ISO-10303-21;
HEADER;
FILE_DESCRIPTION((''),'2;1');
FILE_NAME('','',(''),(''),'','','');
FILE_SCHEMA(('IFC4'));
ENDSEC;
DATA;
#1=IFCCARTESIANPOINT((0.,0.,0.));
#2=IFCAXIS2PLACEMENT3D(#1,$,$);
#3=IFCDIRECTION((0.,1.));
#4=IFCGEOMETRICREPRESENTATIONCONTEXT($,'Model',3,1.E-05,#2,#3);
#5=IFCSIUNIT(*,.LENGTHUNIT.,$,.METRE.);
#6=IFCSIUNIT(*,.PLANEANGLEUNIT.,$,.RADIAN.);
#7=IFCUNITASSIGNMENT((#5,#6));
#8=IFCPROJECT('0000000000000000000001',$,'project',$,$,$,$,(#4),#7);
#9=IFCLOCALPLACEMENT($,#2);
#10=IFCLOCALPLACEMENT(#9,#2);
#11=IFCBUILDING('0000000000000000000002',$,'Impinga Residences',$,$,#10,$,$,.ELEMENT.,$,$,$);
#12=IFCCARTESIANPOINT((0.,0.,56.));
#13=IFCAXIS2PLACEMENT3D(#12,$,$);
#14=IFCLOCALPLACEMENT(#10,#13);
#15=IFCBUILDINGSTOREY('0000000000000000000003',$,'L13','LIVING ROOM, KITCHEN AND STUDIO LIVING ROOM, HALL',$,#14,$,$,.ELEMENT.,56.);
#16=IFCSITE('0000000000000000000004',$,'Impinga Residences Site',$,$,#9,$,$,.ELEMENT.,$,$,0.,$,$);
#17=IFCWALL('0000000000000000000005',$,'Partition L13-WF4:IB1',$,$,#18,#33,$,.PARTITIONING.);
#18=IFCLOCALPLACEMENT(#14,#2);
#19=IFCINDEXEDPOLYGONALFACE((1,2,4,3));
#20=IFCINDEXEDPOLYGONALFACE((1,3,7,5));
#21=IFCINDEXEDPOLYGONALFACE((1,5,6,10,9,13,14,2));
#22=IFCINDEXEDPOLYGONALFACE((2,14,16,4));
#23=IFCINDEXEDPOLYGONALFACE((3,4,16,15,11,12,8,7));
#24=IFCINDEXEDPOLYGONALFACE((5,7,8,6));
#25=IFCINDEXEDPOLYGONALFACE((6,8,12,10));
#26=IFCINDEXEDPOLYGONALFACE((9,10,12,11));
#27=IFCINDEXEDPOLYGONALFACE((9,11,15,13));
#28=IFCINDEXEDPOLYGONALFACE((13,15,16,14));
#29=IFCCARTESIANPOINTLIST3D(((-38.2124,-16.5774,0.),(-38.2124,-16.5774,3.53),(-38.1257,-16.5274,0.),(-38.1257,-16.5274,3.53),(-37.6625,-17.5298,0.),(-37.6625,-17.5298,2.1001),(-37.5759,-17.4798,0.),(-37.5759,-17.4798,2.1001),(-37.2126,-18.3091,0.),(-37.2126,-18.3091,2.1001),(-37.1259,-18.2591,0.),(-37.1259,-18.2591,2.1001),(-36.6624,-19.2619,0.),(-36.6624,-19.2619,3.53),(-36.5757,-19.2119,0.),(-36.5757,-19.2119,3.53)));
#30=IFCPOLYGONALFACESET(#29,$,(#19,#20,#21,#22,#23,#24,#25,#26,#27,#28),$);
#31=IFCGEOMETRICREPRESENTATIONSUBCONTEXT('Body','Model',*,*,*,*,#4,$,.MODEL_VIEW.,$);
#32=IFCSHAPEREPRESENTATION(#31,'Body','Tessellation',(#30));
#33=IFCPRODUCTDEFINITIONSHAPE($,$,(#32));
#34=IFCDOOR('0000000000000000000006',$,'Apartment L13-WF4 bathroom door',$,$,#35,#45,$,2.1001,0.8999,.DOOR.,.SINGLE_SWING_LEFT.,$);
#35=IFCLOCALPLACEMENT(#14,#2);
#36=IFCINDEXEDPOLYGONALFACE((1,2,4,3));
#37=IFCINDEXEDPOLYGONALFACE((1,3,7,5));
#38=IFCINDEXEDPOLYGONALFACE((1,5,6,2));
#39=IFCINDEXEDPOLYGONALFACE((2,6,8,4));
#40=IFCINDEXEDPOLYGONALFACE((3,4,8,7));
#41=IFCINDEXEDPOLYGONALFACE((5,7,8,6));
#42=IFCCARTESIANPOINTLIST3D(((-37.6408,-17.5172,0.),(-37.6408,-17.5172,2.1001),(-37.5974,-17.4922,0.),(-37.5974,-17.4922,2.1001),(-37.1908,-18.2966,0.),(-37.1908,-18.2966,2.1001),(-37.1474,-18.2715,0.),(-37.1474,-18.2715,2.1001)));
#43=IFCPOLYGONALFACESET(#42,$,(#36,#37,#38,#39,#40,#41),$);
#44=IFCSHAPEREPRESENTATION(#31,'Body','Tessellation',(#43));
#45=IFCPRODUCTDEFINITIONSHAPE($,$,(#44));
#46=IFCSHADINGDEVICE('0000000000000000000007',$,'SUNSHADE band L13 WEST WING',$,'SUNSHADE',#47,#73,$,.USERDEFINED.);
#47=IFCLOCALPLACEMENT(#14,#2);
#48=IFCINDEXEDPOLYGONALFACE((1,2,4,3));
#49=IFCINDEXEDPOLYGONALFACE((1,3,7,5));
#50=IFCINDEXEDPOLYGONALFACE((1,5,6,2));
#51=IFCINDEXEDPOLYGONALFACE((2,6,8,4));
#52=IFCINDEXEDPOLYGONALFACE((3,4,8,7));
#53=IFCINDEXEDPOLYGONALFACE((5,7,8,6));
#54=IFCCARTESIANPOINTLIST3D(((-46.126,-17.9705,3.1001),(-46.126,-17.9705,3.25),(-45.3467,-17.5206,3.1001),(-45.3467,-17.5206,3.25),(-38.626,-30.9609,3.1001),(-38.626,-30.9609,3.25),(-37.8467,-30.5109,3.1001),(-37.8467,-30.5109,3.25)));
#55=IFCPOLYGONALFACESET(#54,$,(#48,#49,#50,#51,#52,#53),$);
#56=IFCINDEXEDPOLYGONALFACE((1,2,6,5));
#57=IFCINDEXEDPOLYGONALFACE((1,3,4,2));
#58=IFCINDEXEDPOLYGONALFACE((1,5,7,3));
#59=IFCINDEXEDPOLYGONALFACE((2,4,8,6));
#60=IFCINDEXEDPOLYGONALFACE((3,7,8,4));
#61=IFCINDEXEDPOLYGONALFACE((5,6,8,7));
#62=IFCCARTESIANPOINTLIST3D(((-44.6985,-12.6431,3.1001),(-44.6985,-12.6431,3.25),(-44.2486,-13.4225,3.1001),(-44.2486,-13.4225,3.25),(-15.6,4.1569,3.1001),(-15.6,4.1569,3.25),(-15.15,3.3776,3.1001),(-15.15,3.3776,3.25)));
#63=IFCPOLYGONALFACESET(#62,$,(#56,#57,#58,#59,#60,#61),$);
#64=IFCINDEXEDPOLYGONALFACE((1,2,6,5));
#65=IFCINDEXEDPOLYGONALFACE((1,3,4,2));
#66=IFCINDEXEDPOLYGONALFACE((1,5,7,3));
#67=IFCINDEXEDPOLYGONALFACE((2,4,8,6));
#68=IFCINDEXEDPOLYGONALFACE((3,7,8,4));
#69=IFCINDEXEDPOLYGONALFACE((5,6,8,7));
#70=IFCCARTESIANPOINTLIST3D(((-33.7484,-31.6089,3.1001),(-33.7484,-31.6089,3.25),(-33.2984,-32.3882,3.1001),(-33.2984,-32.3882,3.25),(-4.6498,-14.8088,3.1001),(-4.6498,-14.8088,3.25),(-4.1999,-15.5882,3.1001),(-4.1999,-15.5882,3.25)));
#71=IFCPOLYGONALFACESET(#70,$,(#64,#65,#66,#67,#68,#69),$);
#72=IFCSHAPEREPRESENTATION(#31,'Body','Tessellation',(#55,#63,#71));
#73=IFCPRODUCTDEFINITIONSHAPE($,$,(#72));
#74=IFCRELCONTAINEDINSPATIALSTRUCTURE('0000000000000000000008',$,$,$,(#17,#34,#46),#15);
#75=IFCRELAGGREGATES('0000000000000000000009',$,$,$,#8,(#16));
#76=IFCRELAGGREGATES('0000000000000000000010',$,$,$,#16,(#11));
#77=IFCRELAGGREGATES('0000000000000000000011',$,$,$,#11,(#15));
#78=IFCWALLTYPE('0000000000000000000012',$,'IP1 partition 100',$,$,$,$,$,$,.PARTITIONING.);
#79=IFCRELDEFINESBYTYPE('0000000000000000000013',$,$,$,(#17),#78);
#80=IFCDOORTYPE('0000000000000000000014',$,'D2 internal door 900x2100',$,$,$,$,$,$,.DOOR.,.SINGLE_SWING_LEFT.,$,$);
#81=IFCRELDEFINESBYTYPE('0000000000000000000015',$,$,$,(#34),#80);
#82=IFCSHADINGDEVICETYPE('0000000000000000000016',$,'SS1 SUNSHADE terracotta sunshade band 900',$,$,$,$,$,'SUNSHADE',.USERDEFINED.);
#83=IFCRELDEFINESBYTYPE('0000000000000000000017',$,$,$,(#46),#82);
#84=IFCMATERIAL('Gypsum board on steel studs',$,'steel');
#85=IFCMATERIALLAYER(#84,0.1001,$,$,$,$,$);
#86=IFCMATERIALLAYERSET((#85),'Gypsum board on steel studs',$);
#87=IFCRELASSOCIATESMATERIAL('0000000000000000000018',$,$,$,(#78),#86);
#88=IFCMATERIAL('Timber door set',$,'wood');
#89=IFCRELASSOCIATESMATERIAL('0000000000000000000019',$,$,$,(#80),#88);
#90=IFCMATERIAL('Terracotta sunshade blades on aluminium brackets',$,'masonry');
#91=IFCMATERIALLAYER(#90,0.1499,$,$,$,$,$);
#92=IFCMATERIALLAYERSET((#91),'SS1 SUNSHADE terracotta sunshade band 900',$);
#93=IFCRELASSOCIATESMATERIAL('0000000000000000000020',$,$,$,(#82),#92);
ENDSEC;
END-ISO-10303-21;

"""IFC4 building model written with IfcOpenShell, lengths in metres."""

from ifc_helpers import new_model, si_unit, direction, frame, frame_2d, origin, origin_2d, place, context, subcontext, project, spatial, rectangle, extrude, material, layer, layer_set, type_object, element, fill, save


model = new_model("IFC4")

# Units and contexts
model_context = context("Model", 3, precision=1e-05, world=origin(), true_north=direction((0.0, 1.0)))
body_context = subcontext(model_context, "Body", "Model", "MODEL_VIEW")
ifc_project = project(units=[si_unit("LENGTHUNIT", "METRE"), si_unit("PLANEANGLEUNIT", "RADIAN")], contexts=[model_context])

# Site, building, storey
site_placement = place(None, origin())
site = spatial("IfcSite", under=ifc_project, at=site_placement, Name="Impinga Residences Site", CompositionType="ELEMENT", RefElevation=0.0)
building_placement = place(site_placement, origin())
building = spatial("IfcBuilding", under=site, at=building_placement, Name="Impinga Residences", CompositionType="ELEMENT")
storey_placement = place(building_placement, frame((0.0, 0.0, 56.0)))
storey = spatial("IfcBuildingStorey", under=building, at=storey_placement, Name="L13", Description="LIVING ROOM, KITCHEN AND STUDIO LIVING ROOM, HALL", CompositionType="ELEMENT", Elevation=56.0)

# Shared definitions
ifc_material_1 = material(Name="Gypsum board on steel studs", Category="steel")
ifc_layer_1 = layer(ifc_material_1, 0.1001)
ifc_layer_set_1 = layer_set([ifc_layer_1], Name="Gypsum board on steel studs")
wall_type_1 = type_object("IfcWallType", Name="IP1 partition 100", PredefinedType="PARTITIONING", material=ifc_layer_set_1)

# Wall, opening, door
ifc_material_2 = material(Name="Timber door set", Category="wood")
door_type = type_object("IfcDoorType", Name="D2 internal door 900x2100", OperationType="SINGLE_SWING_LEFT", PredefinedType="DOOR", material=ifc_material_2)
wall_1_placement = place(storey_placement, frame((-36.6191, -19.2368, 0.0), z_axis=(0.0, 0.0, 1.0), x_axis=(-0.500027, 0.86601, 0.0)))
wall_1 = element("IfcWall", 1, at=wall_1_placement, inside=storey, type_object=wall_type_1, Name="Partition L13-WF4:IB1", PredefinedType="PARTITIONING", context=body_context, shape_type="SweptSolid", body=[
    extrude(rectangle(XDim=3.0999, YDim=0.1001, at=frame_2d((1.5498, 0.0))), origin(), (0.0, 0.0, 1.0), 3.53),
])
opening_1_placement = place(wall_1_placement, frame((1.1001, 0.0, 0.0)))
opening_1 = element("IfcOpeningElement", 2, at=opening_1_placement, cuts=wall_1, PredefinedType="OPENING", context=body_context, shape_type="SweptSolid", body=[
    extrude(rectangle(XDim=0.8999, YDim=2.1001, at=frame_2d((0.45, 1.05))), frame((0.0, 0.0601, 0.0), z_axis=(0.0, -1.0, 0.0), x_axis=(1.0, 0.0, 0.0)), (0.0, 0.0, 1.0), 0.1201),
])
door_1_placement = place(opening_1_placement, origin())
door_1 = element("IfcDoor", 3, at=door_1_placement, inside=storey, type_object=door_type, Name="Apartment L13-WF4 bathroom door", OperationType="SINGLE_SWING_LEFT", OverallHeight=2.1001, OverallWidth=0.8999, PredefinedType="DOOR", context=body_context, shape_type="SweptSolid", body=[
    extrude(rectangle(XDim=0.8999, YDim=2.1001, at=frame_2d((0.45, 1.05))), frame((0.0, 0.0249, 0.0), z_axis=(0.0, -1.0, 0.0), x_axis=(1.0, 0.0, 0.0)), (0.0, 0.0, 1.0), 0.05),
])
fill(opening_1, door_1)

# Shading device
ifc_material_3 = material(Name="Terracotta sunshade blades on aluminium brackets", Category="masonry")
ifc_layer_2 = layer(ifc_material_3, 0.1499)
ifc_layer_set_2 = layer_set([ifc_layer_2], Name="SS1 SUNSHADE terracotta sunshade band 900")
shading_device_type = type_object("IfcShadingDeviceType", Name="SS1 SUNSHADE terracotta sunshade band 900", ElementType="SUNSHADE", PredefinedType="USERDEFINED", material=ifc_layer_set_2)
shading_device_placement = place(storey_placement, frame((-41.9863, -24.2407, 3.1001), z_axis=(0.0, 0.0, 1.0), x_axis=(-0.5, 0.866025, 0.0)))
element("IfcShadingDevice", 4, at=shading_device_placement, inside=storey, type_object=shading_device_type, Name="SUNSHADE band L13 WEST WING", ObjectType="SUNSHADE", PredefinedType="USERDEFINED", context=body_context, shape_type="SweptSolid", body=[
    extrude(rectangle(XDim=15.0, YDim=0.8999, at=origin_2d()), origin(), (0.0, 0.0, 1.0), 0.1499),
    extrude(rectangle(XDim=33.6001, YDim=0.8999, at=origin_2d()), frame((10.95, -20.25, 0.0), z_axis=(0.0, 0.0, 1.0), x_axis=(0.0, -1.0, 0.0)), (0.0, 0.0, 1.0), 0.1499),
    extrude(rectangle(XDim=33.6001, YDim=0.8999, at=origin_2d()), frame((-10.95, -20.2502, 0.0), z_axis=(0.0, 0.0, 1.0), x_axis=(0.0, 1.0, 0.0)), (0.0, 0.0, 1.0), 0.1499),
])

save(model, "model.ifc")
